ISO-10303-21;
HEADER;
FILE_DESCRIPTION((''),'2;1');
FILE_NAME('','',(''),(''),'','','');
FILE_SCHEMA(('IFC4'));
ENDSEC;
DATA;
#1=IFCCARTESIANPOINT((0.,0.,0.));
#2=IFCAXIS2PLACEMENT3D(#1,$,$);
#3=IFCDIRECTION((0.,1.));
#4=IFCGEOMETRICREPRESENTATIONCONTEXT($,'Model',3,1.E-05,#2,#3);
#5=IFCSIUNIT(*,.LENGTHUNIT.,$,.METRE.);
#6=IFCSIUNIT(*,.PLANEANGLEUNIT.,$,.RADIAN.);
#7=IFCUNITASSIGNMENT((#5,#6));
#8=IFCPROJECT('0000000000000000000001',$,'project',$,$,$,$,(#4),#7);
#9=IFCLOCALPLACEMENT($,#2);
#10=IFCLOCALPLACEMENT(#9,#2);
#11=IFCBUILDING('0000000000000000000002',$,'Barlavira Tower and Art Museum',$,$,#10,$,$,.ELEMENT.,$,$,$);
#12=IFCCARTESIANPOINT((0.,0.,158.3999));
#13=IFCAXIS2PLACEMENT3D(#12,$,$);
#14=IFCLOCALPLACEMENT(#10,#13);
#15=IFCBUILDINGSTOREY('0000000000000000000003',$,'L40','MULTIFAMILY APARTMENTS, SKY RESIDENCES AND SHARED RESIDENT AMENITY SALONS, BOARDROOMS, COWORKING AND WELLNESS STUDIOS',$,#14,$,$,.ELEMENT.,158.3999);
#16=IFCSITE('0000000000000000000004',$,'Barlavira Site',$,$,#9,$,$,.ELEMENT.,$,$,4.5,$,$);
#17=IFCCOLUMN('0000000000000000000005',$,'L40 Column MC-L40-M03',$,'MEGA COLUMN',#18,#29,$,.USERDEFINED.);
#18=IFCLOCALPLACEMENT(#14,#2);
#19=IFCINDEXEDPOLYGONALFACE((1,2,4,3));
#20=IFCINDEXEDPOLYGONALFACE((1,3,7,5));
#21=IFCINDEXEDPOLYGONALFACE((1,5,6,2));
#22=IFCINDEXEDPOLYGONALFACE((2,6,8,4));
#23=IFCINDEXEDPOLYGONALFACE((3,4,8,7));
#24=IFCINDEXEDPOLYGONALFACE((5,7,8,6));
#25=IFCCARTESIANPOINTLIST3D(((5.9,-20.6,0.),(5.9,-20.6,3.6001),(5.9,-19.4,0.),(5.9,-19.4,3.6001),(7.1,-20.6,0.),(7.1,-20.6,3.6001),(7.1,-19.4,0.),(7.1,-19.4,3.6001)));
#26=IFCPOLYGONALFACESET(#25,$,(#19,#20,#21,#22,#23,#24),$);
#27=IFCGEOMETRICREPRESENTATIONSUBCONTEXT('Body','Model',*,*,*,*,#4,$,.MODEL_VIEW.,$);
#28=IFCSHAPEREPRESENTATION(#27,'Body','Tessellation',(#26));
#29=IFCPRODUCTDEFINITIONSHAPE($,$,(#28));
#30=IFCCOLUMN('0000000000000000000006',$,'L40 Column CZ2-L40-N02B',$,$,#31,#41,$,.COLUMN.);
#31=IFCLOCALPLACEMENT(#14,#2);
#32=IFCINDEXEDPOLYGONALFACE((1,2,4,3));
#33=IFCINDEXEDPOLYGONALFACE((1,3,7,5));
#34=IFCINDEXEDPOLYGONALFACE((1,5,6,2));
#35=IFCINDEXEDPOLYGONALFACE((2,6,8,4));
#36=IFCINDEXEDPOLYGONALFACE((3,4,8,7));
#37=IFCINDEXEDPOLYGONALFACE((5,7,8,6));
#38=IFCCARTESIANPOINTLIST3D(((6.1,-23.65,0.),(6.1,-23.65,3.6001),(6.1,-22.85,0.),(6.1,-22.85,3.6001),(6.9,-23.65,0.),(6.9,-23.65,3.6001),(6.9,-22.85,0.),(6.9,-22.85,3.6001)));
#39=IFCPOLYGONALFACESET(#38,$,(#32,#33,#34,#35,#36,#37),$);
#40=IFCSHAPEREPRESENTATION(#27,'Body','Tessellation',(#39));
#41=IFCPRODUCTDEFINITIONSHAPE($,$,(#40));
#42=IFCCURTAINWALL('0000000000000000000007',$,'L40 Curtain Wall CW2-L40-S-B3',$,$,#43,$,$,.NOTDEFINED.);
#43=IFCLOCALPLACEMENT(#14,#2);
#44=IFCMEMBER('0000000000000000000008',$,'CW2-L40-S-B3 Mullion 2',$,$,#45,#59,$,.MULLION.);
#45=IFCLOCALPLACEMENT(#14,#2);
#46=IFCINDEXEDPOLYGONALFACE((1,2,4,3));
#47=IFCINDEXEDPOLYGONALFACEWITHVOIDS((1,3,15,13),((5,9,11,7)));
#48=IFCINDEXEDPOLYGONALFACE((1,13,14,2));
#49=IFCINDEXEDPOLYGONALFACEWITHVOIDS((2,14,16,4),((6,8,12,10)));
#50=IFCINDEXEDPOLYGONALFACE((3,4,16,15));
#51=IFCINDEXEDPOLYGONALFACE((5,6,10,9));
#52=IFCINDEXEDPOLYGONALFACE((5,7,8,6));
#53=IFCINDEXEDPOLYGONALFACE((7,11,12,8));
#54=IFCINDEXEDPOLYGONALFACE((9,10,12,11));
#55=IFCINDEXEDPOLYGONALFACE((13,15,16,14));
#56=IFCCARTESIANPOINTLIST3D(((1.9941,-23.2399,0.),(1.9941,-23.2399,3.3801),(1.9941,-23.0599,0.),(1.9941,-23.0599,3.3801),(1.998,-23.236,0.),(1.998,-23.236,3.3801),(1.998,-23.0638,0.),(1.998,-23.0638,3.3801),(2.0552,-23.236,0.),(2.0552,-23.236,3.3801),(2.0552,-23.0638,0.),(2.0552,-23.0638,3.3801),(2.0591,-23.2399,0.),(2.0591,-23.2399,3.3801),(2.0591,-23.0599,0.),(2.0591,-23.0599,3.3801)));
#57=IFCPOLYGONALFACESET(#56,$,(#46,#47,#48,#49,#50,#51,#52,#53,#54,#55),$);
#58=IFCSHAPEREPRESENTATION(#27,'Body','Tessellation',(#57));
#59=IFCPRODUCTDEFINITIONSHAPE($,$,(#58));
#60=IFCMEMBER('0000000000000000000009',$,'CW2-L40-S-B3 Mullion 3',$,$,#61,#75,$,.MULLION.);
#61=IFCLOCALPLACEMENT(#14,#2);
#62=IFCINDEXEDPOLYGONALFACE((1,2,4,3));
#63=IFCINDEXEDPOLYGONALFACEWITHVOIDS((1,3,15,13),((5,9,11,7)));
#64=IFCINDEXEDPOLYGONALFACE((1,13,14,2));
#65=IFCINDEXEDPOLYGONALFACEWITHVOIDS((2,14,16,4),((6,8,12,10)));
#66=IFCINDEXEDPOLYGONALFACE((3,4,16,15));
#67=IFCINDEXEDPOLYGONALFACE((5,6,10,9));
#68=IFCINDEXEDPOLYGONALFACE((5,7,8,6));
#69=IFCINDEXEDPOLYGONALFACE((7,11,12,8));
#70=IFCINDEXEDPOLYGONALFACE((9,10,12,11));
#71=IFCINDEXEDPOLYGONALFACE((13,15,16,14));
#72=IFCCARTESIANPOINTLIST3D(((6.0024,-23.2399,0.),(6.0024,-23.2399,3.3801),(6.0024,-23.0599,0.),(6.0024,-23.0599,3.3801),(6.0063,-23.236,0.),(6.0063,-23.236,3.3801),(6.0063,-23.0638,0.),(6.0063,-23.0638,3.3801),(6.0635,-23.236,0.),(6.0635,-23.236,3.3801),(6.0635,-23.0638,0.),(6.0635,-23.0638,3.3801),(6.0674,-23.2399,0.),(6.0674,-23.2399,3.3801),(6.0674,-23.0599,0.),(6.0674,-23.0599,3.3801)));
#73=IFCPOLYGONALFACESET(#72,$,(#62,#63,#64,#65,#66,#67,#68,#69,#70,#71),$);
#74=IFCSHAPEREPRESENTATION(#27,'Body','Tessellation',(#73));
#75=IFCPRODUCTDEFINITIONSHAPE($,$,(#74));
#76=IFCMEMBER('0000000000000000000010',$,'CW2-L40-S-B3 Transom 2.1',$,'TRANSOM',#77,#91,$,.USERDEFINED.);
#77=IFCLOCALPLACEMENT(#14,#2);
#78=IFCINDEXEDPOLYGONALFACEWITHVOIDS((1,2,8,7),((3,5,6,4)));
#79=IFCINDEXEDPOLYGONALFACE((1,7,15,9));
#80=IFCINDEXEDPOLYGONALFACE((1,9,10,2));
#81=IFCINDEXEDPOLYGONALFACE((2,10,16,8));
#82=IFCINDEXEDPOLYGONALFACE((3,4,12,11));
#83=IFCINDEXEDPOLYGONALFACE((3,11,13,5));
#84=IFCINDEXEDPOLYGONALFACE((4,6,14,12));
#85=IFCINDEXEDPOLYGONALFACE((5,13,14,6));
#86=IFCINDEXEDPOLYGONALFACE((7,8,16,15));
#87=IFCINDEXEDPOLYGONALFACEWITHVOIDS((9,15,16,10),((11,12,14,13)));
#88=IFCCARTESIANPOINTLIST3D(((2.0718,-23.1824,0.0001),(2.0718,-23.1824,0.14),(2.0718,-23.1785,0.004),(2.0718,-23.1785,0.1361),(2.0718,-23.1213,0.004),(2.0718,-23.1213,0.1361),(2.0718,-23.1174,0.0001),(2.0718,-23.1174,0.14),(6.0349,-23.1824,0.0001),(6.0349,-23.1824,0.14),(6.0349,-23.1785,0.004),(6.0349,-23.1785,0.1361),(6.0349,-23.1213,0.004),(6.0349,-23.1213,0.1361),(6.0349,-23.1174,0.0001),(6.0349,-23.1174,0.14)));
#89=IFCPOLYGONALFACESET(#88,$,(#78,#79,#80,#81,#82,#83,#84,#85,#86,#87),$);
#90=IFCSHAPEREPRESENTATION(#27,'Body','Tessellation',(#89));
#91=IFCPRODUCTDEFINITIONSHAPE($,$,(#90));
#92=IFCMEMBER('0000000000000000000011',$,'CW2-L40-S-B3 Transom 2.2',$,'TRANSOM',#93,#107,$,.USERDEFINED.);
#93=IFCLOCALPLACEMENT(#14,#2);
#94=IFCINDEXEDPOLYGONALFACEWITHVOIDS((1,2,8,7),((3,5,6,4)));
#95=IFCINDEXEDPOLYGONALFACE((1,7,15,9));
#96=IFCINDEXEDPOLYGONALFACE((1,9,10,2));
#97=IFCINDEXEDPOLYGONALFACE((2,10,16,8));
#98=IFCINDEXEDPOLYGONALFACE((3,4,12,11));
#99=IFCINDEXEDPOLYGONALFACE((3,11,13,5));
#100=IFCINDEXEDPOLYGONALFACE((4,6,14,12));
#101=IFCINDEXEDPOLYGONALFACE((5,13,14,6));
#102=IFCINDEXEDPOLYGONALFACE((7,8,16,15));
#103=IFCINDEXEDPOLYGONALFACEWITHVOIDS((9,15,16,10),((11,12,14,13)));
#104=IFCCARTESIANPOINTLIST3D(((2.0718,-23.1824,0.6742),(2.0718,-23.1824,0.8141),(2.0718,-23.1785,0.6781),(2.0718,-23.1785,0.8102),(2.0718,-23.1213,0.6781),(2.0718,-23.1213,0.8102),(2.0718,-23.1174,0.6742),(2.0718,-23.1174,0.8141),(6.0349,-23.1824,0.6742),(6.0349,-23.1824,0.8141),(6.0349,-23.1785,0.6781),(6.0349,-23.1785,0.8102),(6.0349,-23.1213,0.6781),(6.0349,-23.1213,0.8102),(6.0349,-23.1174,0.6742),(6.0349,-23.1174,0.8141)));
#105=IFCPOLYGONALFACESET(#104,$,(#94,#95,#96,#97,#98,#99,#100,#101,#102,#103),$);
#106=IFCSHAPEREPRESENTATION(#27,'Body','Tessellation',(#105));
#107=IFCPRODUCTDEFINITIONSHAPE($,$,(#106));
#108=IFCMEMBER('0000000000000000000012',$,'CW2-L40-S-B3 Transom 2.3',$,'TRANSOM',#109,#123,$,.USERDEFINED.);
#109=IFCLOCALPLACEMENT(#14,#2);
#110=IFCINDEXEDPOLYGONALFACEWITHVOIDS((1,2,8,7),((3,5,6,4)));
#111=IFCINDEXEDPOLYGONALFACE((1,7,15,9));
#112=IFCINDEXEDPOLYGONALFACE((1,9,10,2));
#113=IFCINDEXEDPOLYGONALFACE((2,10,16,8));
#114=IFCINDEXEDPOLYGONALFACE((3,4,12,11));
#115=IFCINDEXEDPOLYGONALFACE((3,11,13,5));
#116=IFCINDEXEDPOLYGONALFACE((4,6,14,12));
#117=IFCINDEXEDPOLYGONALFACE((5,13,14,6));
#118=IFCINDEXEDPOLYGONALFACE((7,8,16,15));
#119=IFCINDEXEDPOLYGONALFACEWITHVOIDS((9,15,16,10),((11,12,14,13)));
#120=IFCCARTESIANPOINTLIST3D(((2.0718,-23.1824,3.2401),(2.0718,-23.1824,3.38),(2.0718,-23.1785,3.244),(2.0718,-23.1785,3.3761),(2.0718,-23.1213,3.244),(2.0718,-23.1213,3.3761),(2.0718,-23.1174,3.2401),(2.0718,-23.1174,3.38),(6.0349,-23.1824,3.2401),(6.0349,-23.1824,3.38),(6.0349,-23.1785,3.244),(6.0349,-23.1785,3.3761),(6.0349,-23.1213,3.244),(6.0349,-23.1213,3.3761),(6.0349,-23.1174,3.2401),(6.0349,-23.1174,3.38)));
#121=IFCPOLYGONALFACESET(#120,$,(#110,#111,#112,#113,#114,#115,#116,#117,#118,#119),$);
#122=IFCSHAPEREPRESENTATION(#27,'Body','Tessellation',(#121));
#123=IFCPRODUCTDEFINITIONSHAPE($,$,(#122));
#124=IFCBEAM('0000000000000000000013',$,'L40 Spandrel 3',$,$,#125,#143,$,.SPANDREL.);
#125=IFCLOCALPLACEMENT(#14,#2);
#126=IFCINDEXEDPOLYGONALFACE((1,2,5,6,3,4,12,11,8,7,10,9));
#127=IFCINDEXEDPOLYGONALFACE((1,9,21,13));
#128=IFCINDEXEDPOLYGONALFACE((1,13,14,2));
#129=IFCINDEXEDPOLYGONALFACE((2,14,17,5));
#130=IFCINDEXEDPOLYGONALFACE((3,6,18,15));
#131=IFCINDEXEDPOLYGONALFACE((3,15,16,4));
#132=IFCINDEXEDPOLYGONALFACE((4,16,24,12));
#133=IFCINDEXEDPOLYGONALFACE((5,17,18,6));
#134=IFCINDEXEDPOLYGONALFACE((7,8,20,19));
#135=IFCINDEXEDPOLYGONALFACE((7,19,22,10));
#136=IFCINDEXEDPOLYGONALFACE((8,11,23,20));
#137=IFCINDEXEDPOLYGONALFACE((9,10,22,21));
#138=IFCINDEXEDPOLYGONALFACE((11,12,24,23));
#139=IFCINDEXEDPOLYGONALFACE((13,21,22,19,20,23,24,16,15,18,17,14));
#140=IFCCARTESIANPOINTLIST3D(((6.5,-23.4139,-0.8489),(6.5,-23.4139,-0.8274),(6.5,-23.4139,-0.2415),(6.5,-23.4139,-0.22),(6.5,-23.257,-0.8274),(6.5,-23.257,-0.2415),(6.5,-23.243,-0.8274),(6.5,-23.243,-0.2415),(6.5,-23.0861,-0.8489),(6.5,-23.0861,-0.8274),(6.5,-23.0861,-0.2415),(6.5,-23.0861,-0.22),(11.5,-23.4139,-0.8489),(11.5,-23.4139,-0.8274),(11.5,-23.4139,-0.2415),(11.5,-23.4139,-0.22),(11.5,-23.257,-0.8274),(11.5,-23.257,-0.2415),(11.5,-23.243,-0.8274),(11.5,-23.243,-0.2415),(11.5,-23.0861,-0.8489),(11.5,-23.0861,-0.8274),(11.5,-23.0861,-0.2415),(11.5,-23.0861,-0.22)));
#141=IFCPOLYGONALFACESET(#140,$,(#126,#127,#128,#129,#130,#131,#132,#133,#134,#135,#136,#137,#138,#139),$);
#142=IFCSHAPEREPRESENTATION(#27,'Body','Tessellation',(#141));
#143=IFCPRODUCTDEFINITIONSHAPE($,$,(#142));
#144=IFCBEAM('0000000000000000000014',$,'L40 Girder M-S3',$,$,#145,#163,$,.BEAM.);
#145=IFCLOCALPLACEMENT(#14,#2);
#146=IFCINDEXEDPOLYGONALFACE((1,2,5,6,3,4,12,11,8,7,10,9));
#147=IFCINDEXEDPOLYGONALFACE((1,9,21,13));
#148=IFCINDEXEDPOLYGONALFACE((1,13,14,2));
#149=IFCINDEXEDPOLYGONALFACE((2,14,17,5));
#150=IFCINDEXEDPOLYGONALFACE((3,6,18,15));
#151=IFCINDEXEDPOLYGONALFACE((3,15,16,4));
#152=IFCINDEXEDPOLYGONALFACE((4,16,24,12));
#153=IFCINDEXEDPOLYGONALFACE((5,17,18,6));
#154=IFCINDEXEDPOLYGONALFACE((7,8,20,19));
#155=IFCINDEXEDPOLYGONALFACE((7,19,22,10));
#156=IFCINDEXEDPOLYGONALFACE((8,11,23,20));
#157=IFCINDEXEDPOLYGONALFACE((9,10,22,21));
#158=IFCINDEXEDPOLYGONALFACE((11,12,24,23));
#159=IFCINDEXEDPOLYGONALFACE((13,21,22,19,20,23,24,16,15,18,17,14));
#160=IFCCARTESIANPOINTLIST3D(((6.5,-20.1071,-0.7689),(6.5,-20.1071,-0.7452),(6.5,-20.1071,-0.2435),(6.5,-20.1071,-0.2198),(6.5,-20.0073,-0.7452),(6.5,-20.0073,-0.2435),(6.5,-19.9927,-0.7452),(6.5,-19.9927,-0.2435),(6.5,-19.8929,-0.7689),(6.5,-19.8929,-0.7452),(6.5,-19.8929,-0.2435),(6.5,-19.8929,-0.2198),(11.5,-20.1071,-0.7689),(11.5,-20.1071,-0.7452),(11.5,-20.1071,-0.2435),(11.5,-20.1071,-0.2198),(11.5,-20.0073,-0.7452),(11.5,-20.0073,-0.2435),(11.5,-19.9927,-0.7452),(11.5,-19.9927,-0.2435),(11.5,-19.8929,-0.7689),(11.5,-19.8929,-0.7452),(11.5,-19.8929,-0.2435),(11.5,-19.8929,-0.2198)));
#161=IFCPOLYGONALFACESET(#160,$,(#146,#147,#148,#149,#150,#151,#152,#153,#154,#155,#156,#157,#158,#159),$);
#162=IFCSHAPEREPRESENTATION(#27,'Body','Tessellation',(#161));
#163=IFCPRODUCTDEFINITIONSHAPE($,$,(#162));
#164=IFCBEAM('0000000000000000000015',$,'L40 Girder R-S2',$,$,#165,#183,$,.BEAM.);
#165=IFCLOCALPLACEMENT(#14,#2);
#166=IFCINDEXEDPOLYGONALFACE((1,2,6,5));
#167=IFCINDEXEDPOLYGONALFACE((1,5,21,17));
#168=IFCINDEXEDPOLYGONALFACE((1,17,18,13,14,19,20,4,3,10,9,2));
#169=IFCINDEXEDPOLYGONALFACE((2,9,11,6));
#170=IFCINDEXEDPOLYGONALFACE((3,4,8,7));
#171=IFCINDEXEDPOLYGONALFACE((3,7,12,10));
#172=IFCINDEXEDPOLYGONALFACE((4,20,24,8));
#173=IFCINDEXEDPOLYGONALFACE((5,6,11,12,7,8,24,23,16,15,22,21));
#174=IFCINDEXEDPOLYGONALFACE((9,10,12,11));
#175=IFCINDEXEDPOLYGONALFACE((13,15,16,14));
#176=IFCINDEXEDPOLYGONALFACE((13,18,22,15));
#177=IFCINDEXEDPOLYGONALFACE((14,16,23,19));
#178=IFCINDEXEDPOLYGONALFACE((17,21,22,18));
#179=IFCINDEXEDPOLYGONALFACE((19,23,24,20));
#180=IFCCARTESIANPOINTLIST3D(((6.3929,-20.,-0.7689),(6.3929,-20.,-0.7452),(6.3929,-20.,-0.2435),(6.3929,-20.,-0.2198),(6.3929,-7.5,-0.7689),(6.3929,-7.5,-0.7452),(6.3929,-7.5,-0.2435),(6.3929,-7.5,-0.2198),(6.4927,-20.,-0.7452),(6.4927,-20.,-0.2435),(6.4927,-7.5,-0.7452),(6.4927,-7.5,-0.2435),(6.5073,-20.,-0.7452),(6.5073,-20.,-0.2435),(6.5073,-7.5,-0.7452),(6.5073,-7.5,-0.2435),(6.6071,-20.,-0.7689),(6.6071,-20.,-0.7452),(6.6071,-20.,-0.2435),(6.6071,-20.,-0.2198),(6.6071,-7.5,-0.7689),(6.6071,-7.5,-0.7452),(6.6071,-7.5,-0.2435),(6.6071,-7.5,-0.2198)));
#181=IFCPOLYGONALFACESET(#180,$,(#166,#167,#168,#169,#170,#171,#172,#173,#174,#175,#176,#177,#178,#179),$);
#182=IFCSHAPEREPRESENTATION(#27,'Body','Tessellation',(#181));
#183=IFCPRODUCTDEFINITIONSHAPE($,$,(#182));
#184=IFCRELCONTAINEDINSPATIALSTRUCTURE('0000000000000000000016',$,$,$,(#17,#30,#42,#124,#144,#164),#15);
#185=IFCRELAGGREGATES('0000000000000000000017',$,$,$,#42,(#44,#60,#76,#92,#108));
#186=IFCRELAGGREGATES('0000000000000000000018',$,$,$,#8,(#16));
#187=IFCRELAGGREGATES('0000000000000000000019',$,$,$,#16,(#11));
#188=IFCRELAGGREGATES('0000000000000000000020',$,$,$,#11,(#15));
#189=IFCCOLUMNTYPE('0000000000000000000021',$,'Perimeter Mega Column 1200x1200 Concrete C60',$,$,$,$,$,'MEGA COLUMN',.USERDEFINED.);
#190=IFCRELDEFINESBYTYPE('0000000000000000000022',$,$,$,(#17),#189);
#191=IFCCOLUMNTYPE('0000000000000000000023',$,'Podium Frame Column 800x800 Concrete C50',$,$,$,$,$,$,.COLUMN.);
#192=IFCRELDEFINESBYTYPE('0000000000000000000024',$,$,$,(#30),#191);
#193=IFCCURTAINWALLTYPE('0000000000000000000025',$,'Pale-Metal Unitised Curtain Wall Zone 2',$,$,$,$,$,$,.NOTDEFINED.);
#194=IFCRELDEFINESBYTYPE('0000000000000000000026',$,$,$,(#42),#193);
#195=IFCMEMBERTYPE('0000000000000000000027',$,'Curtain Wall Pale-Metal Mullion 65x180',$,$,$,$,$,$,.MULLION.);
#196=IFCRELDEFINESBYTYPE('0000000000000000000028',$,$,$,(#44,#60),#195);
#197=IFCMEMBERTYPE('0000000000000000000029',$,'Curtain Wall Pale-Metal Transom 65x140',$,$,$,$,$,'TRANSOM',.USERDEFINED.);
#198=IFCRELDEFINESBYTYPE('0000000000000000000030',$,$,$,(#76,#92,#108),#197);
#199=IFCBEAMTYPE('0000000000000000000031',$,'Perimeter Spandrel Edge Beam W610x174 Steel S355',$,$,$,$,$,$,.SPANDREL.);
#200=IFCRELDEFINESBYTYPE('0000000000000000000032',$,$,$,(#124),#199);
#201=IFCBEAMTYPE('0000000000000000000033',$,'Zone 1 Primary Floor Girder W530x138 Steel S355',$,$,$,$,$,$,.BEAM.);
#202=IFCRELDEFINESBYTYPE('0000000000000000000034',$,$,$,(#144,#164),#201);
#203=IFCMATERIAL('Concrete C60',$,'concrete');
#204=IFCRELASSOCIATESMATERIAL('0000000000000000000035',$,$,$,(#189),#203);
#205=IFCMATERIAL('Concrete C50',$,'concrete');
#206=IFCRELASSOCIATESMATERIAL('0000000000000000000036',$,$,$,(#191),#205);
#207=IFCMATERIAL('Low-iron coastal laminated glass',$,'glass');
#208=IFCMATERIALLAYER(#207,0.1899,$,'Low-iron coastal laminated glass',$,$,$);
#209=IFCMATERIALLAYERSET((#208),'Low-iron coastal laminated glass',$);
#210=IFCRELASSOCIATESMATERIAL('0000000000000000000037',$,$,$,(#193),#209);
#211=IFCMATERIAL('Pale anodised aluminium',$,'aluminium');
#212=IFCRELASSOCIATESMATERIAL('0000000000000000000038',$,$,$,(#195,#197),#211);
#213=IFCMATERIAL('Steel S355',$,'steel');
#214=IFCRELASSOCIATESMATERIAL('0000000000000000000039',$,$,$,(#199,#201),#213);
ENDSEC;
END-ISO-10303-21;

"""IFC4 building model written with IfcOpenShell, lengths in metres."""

from ifc_helpers import new_model, si_unit, direction, frame, origin, origin_2d, place, context, subcontext, project, spatial, rectangle, hollow_rectangle, i_section, extrude, material, layer, layer_set, material_profile, profile_set, type_object, element, aggregate, save


model = new_model("IFC4")

# Units and contexts
model_context = context("Model", 3, precision=1e-05, world=origin(), true_north=direction((0.0, 1.0)))
body_context = subcontext(model_context, "Body", "Model", "MODEL_VIEW")
ifc_project = project(units=[si_unit("LENGTHUNIT", "METRE"), si_unit("PLANEANGLEUNIT", "RADIAN")], contexts=[model_context])

# Site, building, storey
site_placement = place(None, origin())
site = spatial("IfcSite", under=ifc_project, at=site_placement, Name="Barlavira Site", CompositionType="ELEMENT", RefElevation=4.5)
building_placement = place(site_placement, origin())
building = spatial("IfcBuilding", under=site, at=building_placement, Name="Barlavira Tower and Art Museum", CompositionType="ELEMENT")
storey_placement = place(building_placement, frame((0.0, 0.0, 158.3999)))
storey = spatial("IfcBuildingStorey", under=building, at=storey_placement, Name="L40", Description="MULTIFAMILY APARTMENTS, SKY RESIDENCES AND SHARED RESIDENT AMENITY SALONS, BOARDROOMS, COWORKING AND WELLNESS STUDIOS", CompositionType="ELEMENT", Elevation=158.3999)

# Columns
ifc_material_1 = material(Name="Concrete C60", Category="concrete")
ifc_material_profile_1 = material_profile(ifc_material_1, rectangle(XDim=1.2, YDim=1.2, at=origin_2d()), Name="RC-COL 1200x1200")
ifc_profile_set_1 = profile_set([ifc_material_profile_1], Name="Concrete C60")
column_type_1 = type_object("IfcColumnType", Name="Perimeter Mega Column 1200x1200 Concrete C60", ElementType="MEGA COLUMN", PredefinedType="USERDEFINED", material=ifc_profile_set_1)
column_1_placement = place(storey_placement, frame((6.5, -20.0, 0.0), z_axis=(0.0, 0.0, 1.0), x_axis=(1.0, 0.0, 0.0)))
element("IfcColumn", 1, at=column_1_placement, inside=storey, type_object=column_type_1, Name="L40 Column MC-L40-M03", ObjectType="MEGA COLUMN", PredefinedType="USERDEFINED", context=body_context, shape_type="SweptSolid", body=[
    extrude(rectangle(XDim=1.2, YDim=1.2, at=origin_2d()), origin(), (0.0, 0.0, 1.0), 3.6001),
])
ifc_material_2 = material(Name="Concrete C50", Category="concrete")
ifc_material_profile_2 = material_profile(ifc_material_2, rectangle(XDim=0.8, YDim=0.8, at=origin_2d()), Name="RC-COL 800x800")
ifc_profile_set_2 = profile_set([ifc_material_profile_2], Name="Concrete C50")
column_type_2 = type_object("IfcColumnType", Name="Podium Frame Column 800x800 Concrete C50", PredefinedType="COLUMN", material=ifc_profile_set_2)
column_2_placement = place(storey_placement, frame((6.5, -23.25, 0.0), z_axis=(0.0, 0.0, 1.0), x_axis=(1.0, 0.0, 0.0)))
element("IfcColumn", 2, at=column_2_placement, inside=storey, type_object=column_type_2, Name="L40 Column CZ2-L40-N02B", PredefinedType="COLUMN", context=body_context, shape_type="SweptSolid", body=[
    extrude(rectangle(XDim=0.8, YDim=0.8, at=origin_2d()), origin(), (0.0, 0.0, 1.0), 3.6001),
])

# Curtain wall, members
ifc_material_3 = material(Name="Low-iron coastal laminated glass", Category="glass")
ifc_layer_1 = layer(ifc_material_3, 0.1899, Name="Low-iron coastal laminated glass")
ifc_layer_set_1 = layer_set([ifc_layer_1], Name="Low-iron coastal laminated glass")
curtain_wall_type = type_object("IfcCurtainWallType", Name="Pale-Metal Unitised Curtain Wall Zone 2", PredefinedType="NOTDEFINED", material=ifc_layer_set_1)
curtain_wall_placement = place(storey_placement, origin())
curtain_wall = element("IfcCurtainWall", 3, at=curtain_wall_placement, inside=storey, type_object=curtain_wall_type, Name="L40 Curtain Wall CW2-L40-S-B3", PredefinedType="NOTDEFINED")
ifc_material_4 = material(Name="Pale anodised aluminium", Category="aluminium")
ifc_material_profile_3 = material_profile(ifc_material_4, hollow_rectangle(XDim=0.0649, YDim=0.1799, WallThickness=0.0039, at=origin_2d()), Name="ALU-MULL 65x180x4")
ifc_profile_set_3 = profile_set([ifc_material_profile_3], Name="Pale anodised aluminium")
member_type_1 = type_object("IfcMemberType", Name="Curtain Wall Pale-Metal Mullion 65x180", PredefinedType="MULLION", material=ifc_profile_set_3)
member_1_placement = place(storey_placement, frame((2.0266, -23.1499, 0.0), z_axis=(0.0, 0.0, 1.0), x_axis=(1.0, 0.0, 0.0)))
member_1 = element("IfcMember", 4, at=member_1_placement, type_object=member_type_1, Name="CW2-L40-S-B3 Mullion 2", PredefinedType="MULLION", context=body_context, shape_type="SweptSolid", body=[
    extrude(hollow_rectangle(XDim=0.0649, YDim=0.1799, WallThickness=0.0039, at=origin_2d()), origin(), (0.0, 0.0, 1.0), 3.3801),
])
member_2_placement = place(storey_placement, frame((6.0349, -23.1499, 0.0), z_axis=(0.0, 0.0, 1.0), x_axis=(1.0, 0.0, 0.0)))
member_2 = element("IfcMember", 5, at=member_2_placement, type_object=member_type_1, Name="CW2-L40-S-B3 Mullion 3", PredefinedType="MULLION", context=body_context, shape_type="SweptSolid", body=[
    extrude(hollow_rectangle(XDim=0.0649, YDim=0.1799, WallThickness=0.0039, at=origin_2d()), origin(), (0.0, 0.0, 1.0), 3.3801),
])
ifc_material_profile_4 = material_profile(ifc_material_4, hollow_rectangle(XDim=0.0649, YDim=0.1399, WallThickness=0.0039, at=origin_2d()), Name="ALU-TRAN 65x140x4")
ifc_profile_set_4 = profile_set([ifc_material_profile_4], Name="Pale anodised aluminium")
member_type_2 = type_object("IfcMemberType", Name="Curtain Wall Pale-Metal Transom 65x140", ElementType="TRANSOM", PredefinedType="USERDEFINED", material=ifc_profile_set_4)
member_3_placement = place(storey_placement, frame((2.0718, -23.1499, 0.0701), z_axis=(1.0, 0.0, 0.0), x_axis=(0.0, 1.0, 0.0)))
member_3 = element("IfcMember", 6, at=member_3_placement, type_object=member_type_2, Name="CW2-L40-S-B3 Transom 2.1", ObjectType="TRANSOM", PredefinedType="USERDEFINED", context=body_context, shape_type="SweptSolid", body=[
    extrude(hollow_rectangle(XDim=0.0649, YDim=0.1399, WallThickness=0.0039, at=origin_2d()), origin(), (0.0, 0.0, 1.0), 3.9631),
])
member_4_placement = place(storey_placement, frame((2.0718, -23.1499, 0.7441), z_axis=(1.0, 0.0, 0.0), x_axis=(0.0, 1.0, 0.0)))
member_4 = element("IfcMember", 7, at=member_4_placement, type_object=member_type_2, Name="CW2-L40-S-B3 Transom 2.2", ObjectType="TRANSOM", PredefinedType="USERDEFINED", context=body_context, shape_type="SweptSolid", body=[
    extrude(hollow_rectangle(XDim=0.0649, YDim=0.1399, WallThickness=0.0039, at=origin_2d()), origin(), (0.0, 0.0, 1.0), 3.9631),
])
member_5_placement = place(storey_placement, frame((2.0718, -23.1499, 3.3101), z_axis=(1.0, 0.0, 0.0), x_axis=(0.0, 1.0, 0.0)))
member_5 = element("IfcMember", 8, at=member_5_placement, type_object=member_type_2, Name="CW2-L40-S-B3 Transom 2.3", ObjectType="TRANSOM", PredefinedType="USERDEFINED", context=body_context, shape_type="SweptSolid", body=[
    extrude(hollow_rectangle(XDim=0.0649, YDim=0.1399, WallThickness=0.0039, at=origin_2d()), origin(), (0.0, 0.0, 1.0), 3.9631),
])

# Beams
ifc_material_5 = material(Name="Steel S355", Category="steel")
ifc_material_profile_5 = material_profile(ifc_material_5, i_section(OverallWidth=0.3279, OverallDepth=0.6289, WebThickness=0.0139, FlangeThickness=0.0215, at=origin_2d()), Name="W610x174.0")
ifc_profile_set_5 = profile_set([ifc_material_profile_5], Name="Steel S355")
beam_type_1 = type_object("IfcBeamType", Name="Perimeter Spandrel Edge Beam W610x174 Steel S355", PredefinedType="SPANDREL", material=ifc_profile_set_5)
beam_1_placement = place(storey_placement, frame((6.5, -23.25, -0.5344), z_axis=(1.0, 0.0, 0.0), x_axis=(0.0, 1.0, 0.0)))
element("IfcBeam", 9, at=beam_1_placement, inside=storey, type_object=beam_type_1, Name="L40 Spandrel 3", PredefinedType="SPANDREL", context=body_context, shape_type="SweptSolid", body=[
    extrude(i_section(OverallWidth=0.3279, OverallDepth=0.6289, WebThickness=0.0139, FlangeThickness=0.0215, at=origin_2d()), origin(), (0.0, 0.0, 1.0), 5.0),
])
ifc_material_profile_6 = material_profile(ifc_material_5, i_section(OverallWidth=0.2141, OverallDepth=0.5491, WebThickness=0.0146, FlangeThickness=0.0237, at=origin_2d()), Name="W530x138.0")
ifc_profile_set_6 = profile_set([ifc_material_profile_6], Name="Steel S355")
beam_type_2 = type_object("IfcBeamType", Name="Zone 1 Primary Floor Girder W530x138 Steel S355", PredefinedType="BEAM", material=ifc_profile_set_6)
beam_2_placement = place(storey_placement, frame((6.5, -20.0, -0.4944), z_axis=(1.0, 0.0, 0.0), x_axis=(0.0, 1.0, 0.0)))
element("IfcBeam", 10, at=beam_2_placement, inside=storey, type_object=beam_type_2, Name="L40 Girder M-S3", PredefinedType="BEAM", context=body_context, shape_type="SweptSolid", body=[
    extrude(i_section(OverallWidth=0.2141, OverallDepth=0.5491, WebThickness=0.0146, FlangeThickness=0.0237, at=origin_2d()), origin(), (0.0, 0.0, 1.0), 5.0),
])
beam_3_placement = place(storey_placement, frame((6.5, -20.0, -0.4944), z_axis=(0.0, 1.0, 0.0), x_axis=(-1.0, 0.0, 0.0)))
element("IfcBeam", 11, at=beam_3_placement, inside=storey, type_object=beam_type_2, Name="L40 Girder R-S2", PredefinedType="BEAM", context=body_context, shape_type="SweptSolid", body=[
    extrude(i_section(OverallWidth=0.2141, OverallDepth=0.5491, WebThickness=0.0146, FlangeThickness=0.0237, at=origin_2d()), origin(), (0.0, 0.0, 1.0), 12.5),
])

aggregate(curtain_wall, [member_1, member_2, member_3, member_4, member_5])

save(model, "model.ifc")
